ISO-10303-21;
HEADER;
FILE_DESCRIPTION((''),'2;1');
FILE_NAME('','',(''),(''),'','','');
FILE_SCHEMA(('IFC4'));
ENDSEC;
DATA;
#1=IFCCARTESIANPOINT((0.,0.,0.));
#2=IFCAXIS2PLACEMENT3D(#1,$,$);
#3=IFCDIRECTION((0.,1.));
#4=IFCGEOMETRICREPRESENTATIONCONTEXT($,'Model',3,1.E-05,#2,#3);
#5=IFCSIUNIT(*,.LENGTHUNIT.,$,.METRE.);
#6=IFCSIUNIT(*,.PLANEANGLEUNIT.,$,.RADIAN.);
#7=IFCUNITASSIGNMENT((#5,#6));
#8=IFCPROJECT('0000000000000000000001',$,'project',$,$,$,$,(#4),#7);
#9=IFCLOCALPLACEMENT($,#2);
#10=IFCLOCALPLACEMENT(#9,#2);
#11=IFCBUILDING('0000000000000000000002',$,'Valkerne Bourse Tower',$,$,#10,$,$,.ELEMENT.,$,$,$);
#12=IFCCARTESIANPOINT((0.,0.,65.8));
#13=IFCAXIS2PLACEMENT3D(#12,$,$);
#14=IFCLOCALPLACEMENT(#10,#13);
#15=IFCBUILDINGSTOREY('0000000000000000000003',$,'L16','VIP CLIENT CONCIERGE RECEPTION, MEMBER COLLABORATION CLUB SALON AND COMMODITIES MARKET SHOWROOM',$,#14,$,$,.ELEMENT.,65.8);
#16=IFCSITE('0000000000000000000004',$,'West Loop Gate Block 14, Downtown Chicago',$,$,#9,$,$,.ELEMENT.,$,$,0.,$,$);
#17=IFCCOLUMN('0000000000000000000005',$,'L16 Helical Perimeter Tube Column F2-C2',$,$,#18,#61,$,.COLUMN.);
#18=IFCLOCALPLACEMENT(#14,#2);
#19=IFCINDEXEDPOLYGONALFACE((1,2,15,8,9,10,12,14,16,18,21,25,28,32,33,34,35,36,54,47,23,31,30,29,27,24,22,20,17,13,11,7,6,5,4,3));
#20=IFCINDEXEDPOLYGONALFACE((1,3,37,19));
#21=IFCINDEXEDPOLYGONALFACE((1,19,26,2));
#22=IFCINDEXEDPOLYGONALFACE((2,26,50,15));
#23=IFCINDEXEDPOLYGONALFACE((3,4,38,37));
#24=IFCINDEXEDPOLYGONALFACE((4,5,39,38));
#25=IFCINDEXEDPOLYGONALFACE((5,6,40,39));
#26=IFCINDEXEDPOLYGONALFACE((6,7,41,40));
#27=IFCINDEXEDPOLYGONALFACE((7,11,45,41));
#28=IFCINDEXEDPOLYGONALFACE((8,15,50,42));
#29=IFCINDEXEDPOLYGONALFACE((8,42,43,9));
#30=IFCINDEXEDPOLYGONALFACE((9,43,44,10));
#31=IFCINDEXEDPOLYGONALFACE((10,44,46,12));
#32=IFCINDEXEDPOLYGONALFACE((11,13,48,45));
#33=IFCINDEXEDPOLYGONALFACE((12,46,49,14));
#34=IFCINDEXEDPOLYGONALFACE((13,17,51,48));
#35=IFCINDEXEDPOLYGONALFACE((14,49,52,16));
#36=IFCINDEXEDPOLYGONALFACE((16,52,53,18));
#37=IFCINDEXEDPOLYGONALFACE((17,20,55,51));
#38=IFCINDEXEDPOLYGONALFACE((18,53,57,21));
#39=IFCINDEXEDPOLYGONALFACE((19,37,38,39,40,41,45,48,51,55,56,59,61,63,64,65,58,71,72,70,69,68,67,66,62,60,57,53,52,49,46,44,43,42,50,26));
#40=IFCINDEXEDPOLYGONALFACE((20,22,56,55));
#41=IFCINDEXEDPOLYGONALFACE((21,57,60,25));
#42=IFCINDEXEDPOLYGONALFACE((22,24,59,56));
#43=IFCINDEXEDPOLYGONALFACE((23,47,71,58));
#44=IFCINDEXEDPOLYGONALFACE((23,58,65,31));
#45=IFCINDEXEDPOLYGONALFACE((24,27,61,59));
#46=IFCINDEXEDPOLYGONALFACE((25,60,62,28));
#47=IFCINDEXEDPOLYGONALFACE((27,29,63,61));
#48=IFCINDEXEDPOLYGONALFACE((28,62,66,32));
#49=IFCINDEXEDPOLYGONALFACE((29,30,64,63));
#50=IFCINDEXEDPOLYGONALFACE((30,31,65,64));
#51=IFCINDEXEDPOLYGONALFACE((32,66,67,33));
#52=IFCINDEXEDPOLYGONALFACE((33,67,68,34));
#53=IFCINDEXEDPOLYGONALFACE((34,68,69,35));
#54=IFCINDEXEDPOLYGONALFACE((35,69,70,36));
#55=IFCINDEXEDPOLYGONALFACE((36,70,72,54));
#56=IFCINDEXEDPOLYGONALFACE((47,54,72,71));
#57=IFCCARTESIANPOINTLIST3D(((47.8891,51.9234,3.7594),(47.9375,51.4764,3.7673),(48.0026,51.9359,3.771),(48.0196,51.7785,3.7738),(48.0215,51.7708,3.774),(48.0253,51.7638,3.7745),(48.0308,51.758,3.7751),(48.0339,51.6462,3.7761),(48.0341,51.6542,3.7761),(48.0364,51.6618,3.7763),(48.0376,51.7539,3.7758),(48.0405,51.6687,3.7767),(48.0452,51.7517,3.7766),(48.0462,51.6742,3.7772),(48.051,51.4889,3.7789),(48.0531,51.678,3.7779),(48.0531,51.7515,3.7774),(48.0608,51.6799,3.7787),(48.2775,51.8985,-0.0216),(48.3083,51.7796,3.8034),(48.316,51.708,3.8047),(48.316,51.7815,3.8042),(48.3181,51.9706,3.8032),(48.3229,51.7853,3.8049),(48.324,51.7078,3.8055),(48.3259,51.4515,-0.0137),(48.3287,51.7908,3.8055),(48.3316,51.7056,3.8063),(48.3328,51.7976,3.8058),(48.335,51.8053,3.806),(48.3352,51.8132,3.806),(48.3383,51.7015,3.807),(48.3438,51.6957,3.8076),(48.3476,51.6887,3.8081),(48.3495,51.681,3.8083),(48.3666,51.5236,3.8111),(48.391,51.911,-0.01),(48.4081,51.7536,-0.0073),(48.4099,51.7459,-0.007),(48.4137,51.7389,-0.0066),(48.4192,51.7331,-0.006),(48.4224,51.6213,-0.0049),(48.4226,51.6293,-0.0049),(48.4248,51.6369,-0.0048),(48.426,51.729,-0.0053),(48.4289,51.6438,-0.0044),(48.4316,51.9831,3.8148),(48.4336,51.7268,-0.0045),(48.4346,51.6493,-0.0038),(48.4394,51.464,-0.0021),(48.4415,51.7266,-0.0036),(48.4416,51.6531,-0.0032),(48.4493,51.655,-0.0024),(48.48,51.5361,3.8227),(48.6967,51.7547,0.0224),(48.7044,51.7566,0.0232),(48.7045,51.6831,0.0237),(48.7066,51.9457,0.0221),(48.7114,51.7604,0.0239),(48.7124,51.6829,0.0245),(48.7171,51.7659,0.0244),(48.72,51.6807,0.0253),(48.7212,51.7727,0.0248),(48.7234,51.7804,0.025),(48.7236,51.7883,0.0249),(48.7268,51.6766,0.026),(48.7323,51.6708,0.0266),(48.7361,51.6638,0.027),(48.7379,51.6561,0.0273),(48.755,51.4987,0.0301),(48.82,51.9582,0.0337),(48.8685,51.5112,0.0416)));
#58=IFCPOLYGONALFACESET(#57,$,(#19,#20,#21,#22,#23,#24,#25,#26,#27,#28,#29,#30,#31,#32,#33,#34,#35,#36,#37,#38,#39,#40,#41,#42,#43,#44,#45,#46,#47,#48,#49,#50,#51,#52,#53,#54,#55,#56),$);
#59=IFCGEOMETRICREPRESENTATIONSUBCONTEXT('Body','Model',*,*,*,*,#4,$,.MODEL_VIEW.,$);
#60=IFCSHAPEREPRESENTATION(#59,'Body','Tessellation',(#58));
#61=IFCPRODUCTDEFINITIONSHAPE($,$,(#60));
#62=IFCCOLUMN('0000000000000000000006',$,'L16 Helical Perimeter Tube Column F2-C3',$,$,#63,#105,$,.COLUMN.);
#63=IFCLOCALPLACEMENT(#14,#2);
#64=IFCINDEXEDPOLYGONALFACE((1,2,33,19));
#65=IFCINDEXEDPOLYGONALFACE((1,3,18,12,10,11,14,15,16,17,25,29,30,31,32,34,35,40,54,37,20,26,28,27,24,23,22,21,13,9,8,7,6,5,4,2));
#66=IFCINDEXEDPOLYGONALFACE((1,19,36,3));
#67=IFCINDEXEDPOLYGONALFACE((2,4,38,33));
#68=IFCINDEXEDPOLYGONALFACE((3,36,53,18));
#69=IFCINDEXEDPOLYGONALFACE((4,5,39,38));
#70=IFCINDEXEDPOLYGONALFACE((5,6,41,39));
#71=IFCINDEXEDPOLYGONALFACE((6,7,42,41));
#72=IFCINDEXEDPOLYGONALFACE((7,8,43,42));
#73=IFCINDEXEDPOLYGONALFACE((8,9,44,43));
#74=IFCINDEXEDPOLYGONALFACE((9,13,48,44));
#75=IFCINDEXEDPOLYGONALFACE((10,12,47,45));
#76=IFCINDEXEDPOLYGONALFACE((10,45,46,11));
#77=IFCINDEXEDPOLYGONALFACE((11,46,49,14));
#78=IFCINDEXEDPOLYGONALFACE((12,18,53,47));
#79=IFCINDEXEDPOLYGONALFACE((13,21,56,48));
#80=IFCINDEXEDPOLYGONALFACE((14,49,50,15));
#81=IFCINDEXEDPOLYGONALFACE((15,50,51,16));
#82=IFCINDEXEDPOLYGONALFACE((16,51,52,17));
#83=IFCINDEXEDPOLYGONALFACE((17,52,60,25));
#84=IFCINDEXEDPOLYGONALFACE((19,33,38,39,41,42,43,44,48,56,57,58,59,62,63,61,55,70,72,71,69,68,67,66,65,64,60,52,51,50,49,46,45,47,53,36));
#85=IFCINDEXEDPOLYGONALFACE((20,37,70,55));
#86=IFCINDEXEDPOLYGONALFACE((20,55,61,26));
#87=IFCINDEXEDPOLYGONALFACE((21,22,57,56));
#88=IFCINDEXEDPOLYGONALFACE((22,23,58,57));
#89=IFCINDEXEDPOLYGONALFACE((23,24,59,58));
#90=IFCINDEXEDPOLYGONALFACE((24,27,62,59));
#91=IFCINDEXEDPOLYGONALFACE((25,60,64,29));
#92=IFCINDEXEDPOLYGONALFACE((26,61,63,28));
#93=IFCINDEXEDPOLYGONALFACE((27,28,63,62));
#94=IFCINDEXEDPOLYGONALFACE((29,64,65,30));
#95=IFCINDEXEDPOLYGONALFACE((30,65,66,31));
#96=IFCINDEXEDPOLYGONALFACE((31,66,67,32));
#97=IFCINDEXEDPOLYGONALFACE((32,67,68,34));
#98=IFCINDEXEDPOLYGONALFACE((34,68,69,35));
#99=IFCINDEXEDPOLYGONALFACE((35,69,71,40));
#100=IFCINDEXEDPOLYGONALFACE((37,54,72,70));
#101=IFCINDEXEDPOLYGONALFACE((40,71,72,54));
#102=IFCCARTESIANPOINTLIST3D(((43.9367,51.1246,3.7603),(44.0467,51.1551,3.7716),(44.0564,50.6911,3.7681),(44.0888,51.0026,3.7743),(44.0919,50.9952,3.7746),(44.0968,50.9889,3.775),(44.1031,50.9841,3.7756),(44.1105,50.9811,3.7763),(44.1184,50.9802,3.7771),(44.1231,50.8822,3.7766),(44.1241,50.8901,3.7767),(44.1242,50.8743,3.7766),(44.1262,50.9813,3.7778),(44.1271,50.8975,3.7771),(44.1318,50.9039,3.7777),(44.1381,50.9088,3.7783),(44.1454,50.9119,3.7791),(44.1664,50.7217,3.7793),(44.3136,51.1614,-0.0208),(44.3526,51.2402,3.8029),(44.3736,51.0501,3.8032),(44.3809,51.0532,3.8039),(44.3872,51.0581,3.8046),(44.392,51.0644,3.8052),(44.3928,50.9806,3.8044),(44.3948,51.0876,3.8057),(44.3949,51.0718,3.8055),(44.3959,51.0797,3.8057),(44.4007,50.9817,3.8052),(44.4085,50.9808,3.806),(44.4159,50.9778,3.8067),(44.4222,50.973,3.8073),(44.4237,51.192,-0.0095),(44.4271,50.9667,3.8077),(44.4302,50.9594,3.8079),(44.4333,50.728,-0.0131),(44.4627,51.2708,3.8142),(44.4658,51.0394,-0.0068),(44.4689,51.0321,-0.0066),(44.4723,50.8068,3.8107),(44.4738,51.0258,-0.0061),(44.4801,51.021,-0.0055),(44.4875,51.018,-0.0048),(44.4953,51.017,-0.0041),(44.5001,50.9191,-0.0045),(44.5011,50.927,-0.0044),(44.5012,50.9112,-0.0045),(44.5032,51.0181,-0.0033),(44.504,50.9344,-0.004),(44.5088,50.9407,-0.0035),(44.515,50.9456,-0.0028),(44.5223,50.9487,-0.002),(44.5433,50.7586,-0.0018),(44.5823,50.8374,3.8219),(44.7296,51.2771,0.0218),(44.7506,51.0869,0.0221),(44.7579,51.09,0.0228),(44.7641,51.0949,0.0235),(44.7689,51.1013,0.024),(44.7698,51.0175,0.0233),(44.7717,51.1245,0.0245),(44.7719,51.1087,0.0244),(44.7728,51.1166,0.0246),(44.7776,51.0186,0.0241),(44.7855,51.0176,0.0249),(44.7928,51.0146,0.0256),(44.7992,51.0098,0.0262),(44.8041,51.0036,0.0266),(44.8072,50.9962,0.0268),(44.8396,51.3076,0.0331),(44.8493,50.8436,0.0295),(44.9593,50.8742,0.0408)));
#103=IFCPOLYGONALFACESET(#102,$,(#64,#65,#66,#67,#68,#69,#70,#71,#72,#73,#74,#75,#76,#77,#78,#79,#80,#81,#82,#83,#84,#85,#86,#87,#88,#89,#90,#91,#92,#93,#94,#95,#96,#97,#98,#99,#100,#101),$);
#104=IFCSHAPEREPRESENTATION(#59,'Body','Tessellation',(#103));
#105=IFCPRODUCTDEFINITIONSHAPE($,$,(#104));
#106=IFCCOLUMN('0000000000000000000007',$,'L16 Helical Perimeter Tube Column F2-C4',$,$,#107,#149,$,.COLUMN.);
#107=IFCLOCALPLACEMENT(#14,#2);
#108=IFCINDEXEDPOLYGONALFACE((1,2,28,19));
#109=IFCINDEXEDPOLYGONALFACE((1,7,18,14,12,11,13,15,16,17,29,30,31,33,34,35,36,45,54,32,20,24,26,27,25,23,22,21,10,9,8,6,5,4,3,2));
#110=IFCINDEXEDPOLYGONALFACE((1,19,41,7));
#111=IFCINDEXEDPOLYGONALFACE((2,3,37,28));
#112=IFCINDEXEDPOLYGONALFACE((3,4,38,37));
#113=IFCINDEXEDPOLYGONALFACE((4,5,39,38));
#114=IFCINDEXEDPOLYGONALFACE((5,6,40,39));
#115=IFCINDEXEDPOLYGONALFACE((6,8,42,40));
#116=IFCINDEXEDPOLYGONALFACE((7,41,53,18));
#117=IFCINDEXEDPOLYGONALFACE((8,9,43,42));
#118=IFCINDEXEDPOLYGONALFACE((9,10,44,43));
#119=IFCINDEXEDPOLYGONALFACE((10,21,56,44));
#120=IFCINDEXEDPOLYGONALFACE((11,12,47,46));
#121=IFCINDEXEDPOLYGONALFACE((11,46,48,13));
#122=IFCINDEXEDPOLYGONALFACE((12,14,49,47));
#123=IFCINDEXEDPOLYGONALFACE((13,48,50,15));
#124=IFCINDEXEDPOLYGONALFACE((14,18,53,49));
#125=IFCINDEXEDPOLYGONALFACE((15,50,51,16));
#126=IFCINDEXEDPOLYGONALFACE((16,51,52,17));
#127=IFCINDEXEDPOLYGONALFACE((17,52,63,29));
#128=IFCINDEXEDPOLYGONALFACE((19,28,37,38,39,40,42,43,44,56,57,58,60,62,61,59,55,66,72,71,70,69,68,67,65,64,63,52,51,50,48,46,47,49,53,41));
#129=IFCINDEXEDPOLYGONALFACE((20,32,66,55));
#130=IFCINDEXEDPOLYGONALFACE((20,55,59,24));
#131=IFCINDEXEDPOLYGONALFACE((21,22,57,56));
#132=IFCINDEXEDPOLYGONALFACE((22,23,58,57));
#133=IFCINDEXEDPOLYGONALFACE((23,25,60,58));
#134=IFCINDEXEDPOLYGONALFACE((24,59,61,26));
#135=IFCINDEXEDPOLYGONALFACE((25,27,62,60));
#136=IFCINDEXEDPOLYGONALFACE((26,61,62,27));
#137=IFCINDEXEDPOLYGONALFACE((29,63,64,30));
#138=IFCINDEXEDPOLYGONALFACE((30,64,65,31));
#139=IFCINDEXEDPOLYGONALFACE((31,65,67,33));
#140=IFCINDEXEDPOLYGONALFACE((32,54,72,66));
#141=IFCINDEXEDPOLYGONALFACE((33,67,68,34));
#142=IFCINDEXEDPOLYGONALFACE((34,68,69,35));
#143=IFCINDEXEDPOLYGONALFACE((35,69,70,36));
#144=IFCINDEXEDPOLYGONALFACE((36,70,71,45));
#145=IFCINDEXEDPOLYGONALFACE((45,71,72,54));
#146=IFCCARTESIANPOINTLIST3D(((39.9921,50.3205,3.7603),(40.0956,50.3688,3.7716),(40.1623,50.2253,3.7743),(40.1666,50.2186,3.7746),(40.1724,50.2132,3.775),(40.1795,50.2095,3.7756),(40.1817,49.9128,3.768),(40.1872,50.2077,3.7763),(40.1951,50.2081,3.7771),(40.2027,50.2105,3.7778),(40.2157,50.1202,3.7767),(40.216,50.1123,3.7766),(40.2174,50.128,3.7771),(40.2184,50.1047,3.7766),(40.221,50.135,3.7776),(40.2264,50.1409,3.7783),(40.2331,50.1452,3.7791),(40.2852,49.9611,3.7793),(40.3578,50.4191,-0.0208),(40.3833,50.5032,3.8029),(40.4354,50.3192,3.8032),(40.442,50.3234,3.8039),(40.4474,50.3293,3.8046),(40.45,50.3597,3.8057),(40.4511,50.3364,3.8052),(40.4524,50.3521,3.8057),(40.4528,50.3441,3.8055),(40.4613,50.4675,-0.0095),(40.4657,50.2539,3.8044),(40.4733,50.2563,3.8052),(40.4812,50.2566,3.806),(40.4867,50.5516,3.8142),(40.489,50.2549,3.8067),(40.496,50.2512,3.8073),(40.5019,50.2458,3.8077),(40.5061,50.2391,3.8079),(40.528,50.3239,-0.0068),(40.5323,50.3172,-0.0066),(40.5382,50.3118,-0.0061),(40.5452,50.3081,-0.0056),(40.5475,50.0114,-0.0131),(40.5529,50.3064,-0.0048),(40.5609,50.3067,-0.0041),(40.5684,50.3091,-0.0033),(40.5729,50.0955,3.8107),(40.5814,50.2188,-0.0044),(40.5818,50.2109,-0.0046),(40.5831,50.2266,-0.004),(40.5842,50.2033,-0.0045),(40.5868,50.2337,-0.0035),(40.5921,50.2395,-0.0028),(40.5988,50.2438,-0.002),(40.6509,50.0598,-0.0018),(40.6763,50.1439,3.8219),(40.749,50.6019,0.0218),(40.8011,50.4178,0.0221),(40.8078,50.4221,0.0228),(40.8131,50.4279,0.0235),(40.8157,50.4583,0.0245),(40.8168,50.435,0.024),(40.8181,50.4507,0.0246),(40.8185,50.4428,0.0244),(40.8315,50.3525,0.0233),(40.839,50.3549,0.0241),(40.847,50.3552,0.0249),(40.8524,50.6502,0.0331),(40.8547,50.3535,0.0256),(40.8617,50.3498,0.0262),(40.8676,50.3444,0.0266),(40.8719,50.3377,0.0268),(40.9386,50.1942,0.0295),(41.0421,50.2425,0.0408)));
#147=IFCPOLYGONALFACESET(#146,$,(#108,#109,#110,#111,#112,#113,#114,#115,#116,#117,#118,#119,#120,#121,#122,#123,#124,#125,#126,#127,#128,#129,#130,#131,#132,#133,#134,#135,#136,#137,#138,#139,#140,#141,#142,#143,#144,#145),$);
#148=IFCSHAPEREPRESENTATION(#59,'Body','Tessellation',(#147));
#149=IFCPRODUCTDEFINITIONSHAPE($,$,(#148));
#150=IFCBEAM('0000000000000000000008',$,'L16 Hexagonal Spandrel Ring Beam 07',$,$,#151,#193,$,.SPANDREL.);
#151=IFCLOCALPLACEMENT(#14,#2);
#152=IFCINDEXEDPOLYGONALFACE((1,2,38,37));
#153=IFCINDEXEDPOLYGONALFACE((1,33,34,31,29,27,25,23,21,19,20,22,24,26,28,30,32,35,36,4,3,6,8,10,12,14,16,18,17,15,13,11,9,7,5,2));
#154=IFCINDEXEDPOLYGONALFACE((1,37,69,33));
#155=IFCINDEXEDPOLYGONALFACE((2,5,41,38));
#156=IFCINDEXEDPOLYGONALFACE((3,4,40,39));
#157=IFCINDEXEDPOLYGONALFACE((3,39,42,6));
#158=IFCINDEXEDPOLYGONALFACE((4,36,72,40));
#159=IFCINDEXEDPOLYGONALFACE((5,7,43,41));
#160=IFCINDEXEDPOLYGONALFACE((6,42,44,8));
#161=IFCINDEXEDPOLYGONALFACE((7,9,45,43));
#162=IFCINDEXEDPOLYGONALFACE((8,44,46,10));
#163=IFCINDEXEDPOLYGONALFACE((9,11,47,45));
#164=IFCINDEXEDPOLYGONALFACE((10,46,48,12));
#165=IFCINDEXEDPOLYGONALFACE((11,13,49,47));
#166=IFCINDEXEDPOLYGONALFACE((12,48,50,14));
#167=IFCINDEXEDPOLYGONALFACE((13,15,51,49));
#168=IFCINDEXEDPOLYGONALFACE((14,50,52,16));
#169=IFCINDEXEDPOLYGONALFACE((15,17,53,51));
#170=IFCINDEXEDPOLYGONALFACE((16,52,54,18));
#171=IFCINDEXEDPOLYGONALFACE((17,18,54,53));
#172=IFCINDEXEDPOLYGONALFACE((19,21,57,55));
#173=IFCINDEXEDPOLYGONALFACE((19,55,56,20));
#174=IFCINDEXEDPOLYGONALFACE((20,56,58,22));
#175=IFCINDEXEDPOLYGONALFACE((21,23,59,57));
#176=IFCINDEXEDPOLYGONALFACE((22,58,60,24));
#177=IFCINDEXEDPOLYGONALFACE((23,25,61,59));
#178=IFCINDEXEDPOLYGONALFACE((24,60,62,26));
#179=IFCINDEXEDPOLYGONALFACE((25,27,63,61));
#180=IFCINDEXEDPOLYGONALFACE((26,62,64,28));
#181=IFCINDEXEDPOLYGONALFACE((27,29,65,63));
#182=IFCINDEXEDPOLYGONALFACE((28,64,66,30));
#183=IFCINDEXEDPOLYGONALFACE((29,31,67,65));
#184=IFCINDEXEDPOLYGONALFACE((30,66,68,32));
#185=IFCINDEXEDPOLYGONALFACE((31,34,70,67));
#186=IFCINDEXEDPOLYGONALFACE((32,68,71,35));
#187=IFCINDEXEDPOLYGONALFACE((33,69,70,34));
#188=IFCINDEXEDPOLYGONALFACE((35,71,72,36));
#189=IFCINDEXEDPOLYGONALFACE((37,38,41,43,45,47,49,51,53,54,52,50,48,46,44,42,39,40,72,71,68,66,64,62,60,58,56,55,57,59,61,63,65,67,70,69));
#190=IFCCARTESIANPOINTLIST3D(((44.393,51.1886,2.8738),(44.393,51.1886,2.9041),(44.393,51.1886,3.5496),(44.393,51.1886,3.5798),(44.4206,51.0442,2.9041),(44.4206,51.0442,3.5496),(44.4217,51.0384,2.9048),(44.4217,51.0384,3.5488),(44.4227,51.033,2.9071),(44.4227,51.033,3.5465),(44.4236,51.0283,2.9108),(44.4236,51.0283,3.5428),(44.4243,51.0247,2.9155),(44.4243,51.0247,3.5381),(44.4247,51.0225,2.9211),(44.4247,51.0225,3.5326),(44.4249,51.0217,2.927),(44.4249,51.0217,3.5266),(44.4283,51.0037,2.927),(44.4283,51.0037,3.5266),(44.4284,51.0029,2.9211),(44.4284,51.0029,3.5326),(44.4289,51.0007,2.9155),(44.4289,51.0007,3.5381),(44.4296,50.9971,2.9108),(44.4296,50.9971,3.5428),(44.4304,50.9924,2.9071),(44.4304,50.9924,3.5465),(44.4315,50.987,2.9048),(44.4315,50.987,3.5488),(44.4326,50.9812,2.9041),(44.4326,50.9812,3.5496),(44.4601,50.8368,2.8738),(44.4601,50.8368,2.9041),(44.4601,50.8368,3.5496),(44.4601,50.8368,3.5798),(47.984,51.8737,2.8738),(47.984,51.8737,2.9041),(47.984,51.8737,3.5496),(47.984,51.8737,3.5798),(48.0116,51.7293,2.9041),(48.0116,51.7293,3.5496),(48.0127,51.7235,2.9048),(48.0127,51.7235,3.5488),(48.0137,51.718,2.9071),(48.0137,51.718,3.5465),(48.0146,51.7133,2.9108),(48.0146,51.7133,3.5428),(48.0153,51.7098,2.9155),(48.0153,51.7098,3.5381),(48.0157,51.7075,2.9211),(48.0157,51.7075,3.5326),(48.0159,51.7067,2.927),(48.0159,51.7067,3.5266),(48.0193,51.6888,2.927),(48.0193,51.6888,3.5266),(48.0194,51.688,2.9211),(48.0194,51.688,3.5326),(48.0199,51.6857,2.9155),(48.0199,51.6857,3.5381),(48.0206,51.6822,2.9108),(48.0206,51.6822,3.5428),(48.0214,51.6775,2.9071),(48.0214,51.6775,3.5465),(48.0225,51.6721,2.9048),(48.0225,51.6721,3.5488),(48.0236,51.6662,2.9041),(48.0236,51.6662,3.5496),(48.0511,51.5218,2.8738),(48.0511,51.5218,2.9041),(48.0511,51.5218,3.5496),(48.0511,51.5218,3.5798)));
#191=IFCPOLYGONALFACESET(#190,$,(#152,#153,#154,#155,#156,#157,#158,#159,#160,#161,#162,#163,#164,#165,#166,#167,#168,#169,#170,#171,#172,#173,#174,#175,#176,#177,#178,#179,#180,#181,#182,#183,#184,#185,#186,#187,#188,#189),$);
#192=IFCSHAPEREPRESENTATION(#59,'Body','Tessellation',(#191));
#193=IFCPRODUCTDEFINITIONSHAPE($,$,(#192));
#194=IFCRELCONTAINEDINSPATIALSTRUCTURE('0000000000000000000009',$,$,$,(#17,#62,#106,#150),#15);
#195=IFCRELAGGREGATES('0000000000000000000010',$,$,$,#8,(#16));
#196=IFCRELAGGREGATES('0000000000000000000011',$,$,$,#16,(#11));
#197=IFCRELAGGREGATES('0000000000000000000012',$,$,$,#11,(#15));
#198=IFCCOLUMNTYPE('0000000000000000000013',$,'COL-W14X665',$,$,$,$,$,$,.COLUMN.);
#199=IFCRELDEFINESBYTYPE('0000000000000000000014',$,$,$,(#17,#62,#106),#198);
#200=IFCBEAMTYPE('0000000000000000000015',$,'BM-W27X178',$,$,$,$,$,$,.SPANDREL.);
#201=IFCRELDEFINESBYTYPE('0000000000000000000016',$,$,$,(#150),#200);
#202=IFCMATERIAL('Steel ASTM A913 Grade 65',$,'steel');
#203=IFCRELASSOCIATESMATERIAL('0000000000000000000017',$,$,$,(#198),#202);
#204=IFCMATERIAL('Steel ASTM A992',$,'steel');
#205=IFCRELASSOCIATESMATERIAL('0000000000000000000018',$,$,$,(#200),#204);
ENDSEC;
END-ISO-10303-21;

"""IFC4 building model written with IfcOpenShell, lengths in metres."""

from ifc_helpers import new_model, si_unit, direction, frame, origin, origin_2d, place, context, subcontext, project, spatial, i_section, extrude, material, material_profile, profile_set, type_object, element, save


model = new_model("IFC4")

# Units and contexts
model_context = context("Model", 3, precision=1e-05, world=origin(), true_north=direction((0.0, 1.0)))
body_context = subcontext(model_context, "Body", "Model", "MODEL_VIEW")
ifc_project = project(units=[si_unit("LENGTHUNIT", "METRE"), si_unit("PLANEANGLEUNIT", "RADIAN")], contexts=[model_context])

# Site, building, storey
site_placement = place(None, origin())
site = spatial("IfcSite", under=ifc_project, at=site_placement, Name="West Loop Gate Block 14, Downtown Chicago", CompositionType="ELEMENT", RefElevation=0.0)
building_placement = place(site_placement, origin())
building = spatial("IfcBuilding", under=site, at=building_placement, Name="Valkerne Bourse Tower", CompositionType="ELEMENT")
storey_placement = place(building_placement, frame((0.0, 0.0, 65.8)))
storey = spatial("IfcBuildingStorey", under=building, at=storey_placement, Name="L16", Description="VIP CLIENT CONCIERGE RECEPTION, MEMBER COLLABORATION CLUB SALON AND COMMODITIES MARKET SHOWROOM", CompositionType="ELEMENT", Elevation=65.8)

# Columns
ifc_material_1 = material(Name="Steel ASTM A913 Grade 65", Category="steel")
ifc_material_profile_1 = material_profile(ifc_material_1, i_section(OverallWidth=0.4497, OverallDepth=0.5486, WebThickness=0.072, FlangeThickness=0.1147, FilletRadius=0.0305, at=origin_2d()), Name="W14X665")
ifc_profile_set_1 = profile_set([ifc_material_profile_1], Name="Steel ASTM A913 Grade 65")
column_type = type_object("IfcColumnType", Name="COL-W14X665", PredefinedType="COLUMN", material=ifc_profile_set_1)
column_placement = place(storey_placement, frame((48.573, 51.7048, 0.01), z_axis=(-0.102191, 0.006552, 0.994743), x_axis=(-0.107648, 0.994033, -0.017606)))
element("IfcColumn", 1, at=column_placement, inside=storey, type_object=column_type, Name="L16 Helical Perimeter Tube Column F2-C2", PredefinedType="COLUMN", context=body_context, shape_type="SweptSolid", body=[
    extrude(i_section(OverallWidth=0.4497, OverallDepth=0.5486, WebThickness=0.072, FlangeThickness=0.1147, FilletRadius=0.0305, at=origin_2d()), origin(), (0.0, 0.0, 1.0), 3.801),
])
for number, where, z_axis, x_axis, name in (
    (2, (44.6365, 51.0178, 0.01), (-0.0992, -0.009702, 0.99502), (-0.266145, 0.963781, -0.017137), "L16 Helical Perimeter Tube Column F2-C3"),
    (3, (40.7, 50.3308, 0.01), (-0.096245, -0.025956, 0.995019), (-0.421684, 0.906581, -0.017138), "L16 Helical Perimeter Tube Column F2-C4"),
):
    element("IfcColumn", number, at=place(storey_placement, frame(where, z_axis=z_axis, x_axis=x_axis)), inside=storey, type_object=column_type, Name=name, PredefinedType="COLUMN", context=body_context, shape_type="SweptSolid", body=[
        extrude(i_section(OverallWidth=0.4497, OverallDepth=0.5486, WebThickness=0.072, FlangeThickness=0.1147, FilletRadius=0.0305, at=origin_2d()), origin(), (0.0, 0.0, 1.0), 3.8),
    ])

# Beam
ifc_material_2 = material(Name="Steel ASTM A992", Category="steel")
ifc_material_profile_2 = material_profile(ifc_material_2, i_section(OverallWidth=0.3582, OverallDepth=0.7061, WebThickness=0.0183, FlangeThickness=0.0303, FilletRadius=0.0229, at=origin_2d()), Name="W27X178")
ifc_profile_set_2 = profile_set([ifc_material_profile_2], Name="Steel ASTM A992")
beam_type_1 = type_object("IfcBeamType", Name="BM-W27X178", PredefinedType="SPANDREL", material=ifc_profile_set_2)
for number, where, z_axis, x_axis, name in (
    (4, (48.0176, 51.6978, 3.2268), (-0.982286, -0.187388, 0.0), (0.187388, -0.982286, 0.0), "L16 Hexagonal Spandrel Ring Beam 07"),
):
    element("IfcBeam", number, at=place(storey_placement, frame(where, z_axis=z_axis, x_axis=x_axis)), inside=storey, type_object=beam_type_1, Name=name, PredefinedType="SPANDREL", context=body_context, shape_type="SweptSolid", body=[
        extrude(i_section(OverallWidth=0.3582, OverallDepth=0.7061, WebThickness=0.0183, FlangeThickness=0.0303, FilletRadius=0.0229, at=origin_2d()), origin(), (0.0, 0.0, 1.0), 3.6558),
    ])

save(model, "model.ifc")
